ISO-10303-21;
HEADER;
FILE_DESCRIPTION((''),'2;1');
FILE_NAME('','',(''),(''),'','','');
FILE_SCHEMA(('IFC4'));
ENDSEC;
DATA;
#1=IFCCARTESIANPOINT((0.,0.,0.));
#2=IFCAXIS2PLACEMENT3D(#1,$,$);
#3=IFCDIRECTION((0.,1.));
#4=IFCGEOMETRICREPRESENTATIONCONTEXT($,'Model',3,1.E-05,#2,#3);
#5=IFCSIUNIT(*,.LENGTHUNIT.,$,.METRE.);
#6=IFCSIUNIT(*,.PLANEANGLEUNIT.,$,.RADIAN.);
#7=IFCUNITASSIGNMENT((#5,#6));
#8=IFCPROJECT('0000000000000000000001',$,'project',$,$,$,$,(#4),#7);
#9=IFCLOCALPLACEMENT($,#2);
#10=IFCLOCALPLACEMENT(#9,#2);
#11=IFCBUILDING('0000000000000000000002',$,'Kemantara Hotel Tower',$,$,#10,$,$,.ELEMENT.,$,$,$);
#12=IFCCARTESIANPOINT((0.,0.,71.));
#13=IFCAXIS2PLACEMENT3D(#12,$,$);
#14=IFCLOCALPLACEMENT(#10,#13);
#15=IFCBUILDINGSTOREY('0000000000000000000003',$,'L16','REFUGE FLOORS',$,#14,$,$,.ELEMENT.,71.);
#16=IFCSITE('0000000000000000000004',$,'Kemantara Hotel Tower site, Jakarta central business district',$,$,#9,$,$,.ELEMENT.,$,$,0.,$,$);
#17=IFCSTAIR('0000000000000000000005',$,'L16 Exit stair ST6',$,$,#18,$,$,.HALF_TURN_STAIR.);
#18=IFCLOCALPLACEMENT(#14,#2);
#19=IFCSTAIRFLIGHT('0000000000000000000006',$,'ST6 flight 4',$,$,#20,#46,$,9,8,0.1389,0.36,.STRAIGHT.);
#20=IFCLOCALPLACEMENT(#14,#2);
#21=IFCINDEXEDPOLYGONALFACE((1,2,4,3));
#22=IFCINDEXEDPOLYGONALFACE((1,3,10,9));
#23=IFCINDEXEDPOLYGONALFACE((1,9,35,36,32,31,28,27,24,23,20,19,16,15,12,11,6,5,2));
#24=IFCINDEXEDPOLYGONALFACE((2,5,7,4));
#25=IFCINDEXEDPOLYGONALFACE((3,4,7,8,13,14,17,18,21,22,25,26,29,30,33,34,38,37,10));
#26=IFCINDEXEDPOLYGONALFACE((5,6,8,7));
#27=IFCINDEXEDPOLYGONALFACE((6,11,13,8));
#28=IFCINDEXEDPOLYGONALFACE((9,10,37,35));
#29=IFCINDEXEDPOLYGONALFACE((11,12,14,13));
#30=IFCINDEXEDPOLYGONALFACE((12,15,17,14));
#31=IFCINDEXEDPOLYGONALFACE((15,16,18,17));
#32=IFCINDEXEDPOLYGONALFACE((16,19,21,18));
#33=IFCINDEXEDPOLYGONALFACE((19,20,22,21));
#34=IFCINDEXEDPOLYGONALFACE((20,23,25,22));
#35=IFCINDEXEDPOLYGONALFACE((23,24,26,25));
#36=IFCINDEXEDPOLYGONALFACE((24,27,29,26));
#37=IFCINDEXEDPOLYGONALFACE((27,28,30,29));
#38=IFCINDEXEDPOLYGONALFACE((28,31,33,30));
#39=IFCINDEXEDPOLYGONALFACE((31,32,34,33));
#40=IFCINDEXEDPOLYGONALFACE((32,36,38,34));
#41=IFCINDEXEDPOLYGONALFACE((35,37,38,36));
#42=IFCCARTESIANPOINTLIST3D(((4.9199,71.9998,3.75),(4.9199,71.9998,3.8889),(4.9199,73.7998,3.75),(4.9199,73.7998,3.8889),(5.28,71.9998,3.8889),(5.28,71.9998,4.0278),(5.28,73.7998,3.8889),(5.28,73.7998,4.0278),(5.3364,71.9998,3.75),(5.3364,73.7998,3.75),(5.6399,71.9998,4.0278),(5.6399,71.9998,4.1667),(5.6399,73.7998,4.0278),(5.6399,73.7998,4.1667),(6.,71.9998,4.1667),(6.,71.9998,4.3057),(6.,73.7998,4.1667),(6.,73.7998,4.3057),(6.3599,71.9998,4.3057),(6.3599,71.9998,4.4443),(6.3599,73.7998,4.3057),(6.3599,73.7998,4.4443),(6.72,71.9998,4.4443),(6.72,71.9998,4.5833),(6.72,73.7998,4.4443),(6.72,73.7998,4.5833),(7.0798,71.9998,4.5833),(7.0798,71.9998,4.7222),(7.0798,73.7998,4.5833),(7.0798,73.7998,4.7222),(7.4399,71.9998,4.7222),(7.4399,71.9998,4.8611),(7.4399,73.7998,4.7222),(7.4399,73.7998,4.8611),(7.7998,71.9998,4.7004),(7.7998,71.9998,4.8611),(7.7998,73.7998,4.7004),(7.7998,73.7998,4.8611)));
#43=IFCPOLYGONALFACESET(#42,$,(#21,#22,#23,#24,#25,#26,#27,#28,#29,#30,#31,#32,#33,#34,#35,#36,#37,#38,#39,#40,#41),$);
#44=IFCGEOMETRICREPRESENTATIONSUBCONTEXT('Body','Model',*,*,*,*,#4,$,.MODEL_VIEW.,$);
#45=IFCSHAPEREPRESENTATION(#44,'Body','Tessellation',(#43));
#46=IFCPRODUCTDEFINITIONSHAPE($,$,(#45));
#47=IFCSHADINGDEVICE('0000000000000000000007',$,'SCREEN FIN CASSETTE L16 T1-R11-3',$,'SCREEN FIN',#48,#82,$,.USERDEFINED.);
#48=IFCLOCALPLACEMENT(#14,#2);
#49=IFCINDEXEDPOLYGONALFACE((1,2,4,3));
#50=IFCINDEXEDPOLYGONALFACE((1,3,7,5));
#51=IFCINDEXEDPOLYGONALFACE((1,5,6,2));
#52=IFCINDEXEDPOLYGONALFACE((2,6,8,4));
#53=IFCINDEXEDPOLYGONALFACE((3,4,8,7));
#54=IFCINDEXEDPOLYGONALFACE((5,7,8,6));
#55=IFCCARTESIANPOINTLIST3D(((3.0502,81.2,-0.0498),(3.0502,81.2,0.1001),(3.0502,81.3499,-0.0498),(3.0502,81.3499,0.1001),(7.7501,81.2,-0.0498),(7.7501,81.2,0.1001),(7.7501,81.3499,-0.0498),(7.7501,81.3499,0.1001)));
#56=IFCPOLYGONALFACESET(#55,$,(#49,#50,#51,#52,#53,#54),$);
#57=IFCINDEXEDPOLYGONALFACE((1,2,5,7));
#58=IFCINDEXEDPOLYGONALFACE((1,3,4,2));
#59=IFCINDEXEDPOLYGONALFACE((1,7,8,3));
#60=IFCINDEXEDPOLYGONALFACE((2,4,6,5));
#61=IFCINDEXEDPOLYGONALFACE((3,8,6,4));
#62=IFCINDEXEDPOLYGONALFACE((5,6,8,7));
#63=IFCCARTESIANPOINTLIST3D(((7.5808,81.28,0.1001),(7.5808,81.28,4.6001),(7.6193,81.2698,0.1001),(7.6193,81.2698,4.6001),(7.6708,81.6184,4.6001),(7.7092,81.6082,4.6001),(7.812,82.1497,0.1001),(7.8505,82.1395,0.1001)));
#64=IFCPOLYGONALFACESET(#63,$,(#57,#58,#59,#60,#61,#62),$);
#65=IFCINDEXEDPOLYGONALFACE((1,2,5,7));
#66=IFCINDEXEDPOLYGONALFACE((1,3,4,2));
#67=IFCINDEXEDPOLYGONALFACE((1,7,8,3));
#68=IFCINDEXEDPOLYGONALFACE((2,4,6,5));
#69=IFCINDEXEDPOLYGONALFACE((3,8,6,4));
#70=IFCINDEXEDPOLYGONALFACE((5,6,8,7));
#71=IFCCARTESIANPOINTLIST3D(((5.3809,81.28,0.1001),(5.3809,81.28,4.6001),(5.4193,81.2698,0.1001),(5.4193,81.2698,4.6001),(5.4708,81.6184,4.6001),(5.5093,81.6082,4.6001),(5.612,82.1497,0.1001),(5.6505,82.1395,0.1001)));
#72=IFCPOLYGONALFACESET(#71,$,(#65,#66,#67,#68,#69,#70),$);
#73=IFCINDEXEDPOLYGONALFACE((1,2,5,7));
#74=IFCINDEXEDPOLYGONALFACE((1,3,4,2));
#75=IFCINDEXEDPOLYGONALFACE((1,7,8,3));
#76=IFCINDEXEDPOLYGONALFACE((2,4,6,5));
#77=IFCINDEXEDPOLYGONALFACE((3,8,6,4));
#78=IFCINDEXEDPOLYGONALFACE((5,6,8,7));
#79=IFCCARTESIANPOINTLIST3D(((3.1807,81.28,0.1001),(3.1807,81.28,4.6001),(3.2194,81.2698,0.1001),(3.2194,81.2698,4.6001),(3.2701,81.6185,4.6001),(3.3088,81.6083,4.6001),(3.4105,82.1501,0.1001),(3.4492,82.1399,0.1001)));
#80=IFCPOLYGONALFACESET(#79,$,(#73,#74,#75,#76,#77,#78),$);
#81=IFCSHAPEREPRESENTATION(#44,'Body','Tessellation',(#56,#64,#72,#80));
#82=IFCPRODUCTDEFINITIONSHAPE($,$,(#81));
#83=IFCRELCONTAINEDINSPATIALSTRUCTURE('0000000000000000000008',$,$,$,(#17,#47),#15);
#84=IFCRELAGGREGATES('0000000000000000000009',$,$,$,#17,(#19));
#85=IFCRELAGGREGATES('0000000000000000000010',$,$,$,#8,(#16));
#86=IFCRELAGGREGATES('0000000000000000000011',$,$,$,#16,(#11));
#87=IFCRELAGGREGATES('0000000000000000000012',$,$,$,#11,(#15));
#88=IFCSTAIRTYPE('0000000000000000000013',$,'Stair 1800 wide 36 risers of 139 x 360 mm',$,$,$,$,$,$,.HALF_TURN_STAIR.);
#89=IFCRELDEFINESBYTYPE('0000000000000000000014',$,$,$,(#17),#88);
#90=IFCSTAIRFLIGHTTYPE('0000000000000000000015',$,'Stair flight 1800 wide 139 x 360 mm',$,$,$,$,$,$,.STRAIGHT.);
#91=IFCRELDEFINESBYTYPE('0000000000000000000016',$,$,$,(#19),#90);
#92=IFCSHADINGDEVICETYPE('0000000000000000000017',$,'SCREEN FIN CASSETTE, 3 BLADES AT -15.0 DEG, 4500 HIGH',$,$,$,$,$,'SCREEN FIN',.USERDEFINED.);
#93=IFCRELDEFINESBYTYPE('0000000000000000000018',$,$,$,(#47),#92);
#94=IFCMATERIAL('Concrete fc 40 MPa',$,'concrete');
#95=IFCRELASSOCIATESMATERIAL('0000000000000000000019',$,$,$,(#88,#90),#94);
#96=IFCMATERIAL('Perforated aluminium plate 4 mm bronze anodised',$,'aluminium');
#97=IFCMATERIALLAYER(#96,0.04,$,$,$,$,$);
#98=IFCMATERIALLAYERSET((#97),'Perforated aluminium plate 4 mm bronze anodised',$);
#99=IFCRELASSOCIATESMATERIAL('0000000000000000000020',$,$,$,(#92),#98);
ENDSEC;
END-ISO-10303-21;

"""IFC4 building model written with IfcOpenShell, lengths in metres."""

from ifc_helpers import new_model, si_unit, direction, frame, origin, origin_2d, place, context, subcontext, project, spatial, polyline, rectangle, outline, extrude, source, transform, mapped, material, layer, layer_set, type_object, element, aggregate, save


model = new_model("IFC4")

# Units and contexts
model_context = context("Model", 3, precision=1e-05, world=origin(), true_north=direction((0.0, 1.0)))
body_context = subcontext(model_context, "Body", "Model", "MODEL_VIEW")
ifc_project = project(units=[si_unit("LENGTHUNIT", "METRE"), si_unit("PLANEANGLEUNIT", "RADIAN")], contexts=[model_context])

# Site, building, storey
site_placement = place(None, origin())
site = spatial("IfcSite", under=ifc_project, at=site_placement, Name="Kemantara Hotel Tower site, Jakarta central business district", CompositionType="ELEMENT", RefElevation=0.0)
building_placement = place(site_placement, origin())
building = spatial("IfcBuilding", under=site, at=building_placement, Name="Kemantara Hotel Tower", CompositionType="ELEMENT")
storey_placement = place(building_placement, frame((0.0, 0.0, 71.0)))
storey = spatial("IfcBuildingStorey", under=building, at=storey_placement, Name="L16", Description="REFUGE FLOORS", CompositionType="ELEMENT", Elevation=71.0)

# Stair, stair flight
ifc_material_1 = material(Name="Concrete fc 40 MPa", Category="concrete")
stair_type = type_object("IfcStairType", Name="Stair 1800 wide 36 risers of 139 x 360 mm", PredefinedType="HALF_TURN_STAIR", material=ifc_material_1)
stair_placement = place(storey_placement, origin())
stair = element("IfcStair", 1, at=stair_placement, inside=storey, type_object=stair_type, Name="L16 Exit stair ST6", PredefinedType="HALF_TURN_STAIR")
stair_flight_type = type_object("IfcStairFlightType", Name="Stair flight 1800 wide 139 x 360 mm", PredefinedType="STRAIGHT", material=ifc_material_1)
stair_flight_1_placement = place(storey_placement, frame((4.9199, 72.8999, 3.75), z_axis=(0.0, 0.0, 1.0), x_axis=(1.0, 0.0, 0.0)))
stair_flight_1 = element("IfcStairFlight", 2, at=stair_flight_1_placement, type_object=stair_flight_type, Name="ST6 flight 4", NumberOfRisers=9, NumberOfTreads=8, PredefinedType="STRAIGHT", RiserHeight=0.1389, TreadLength=0.36, context=body_context, shape_type="SweptSolid", body=[
    extrude(outline(polyline([(0.0, 0.0), (0.0, 0.1389), (0.3601, 0.1389), (0.3601, 0.2778), (0.72, 0.2778), (0.72, 0.4167), (1.0801, 0.4167), (1.0801, 0.5557), (1.4399, 0.5557), (1.4399, 0.6943), (1.8, 0.6943), (1.8, 0.8333), (2.1599, 0.8333), (2.1599, 0.9722), (2.52, 0.9722), (2.52, 1.1111), (2.8799, 1.1111), (2.8799, 1.25), (2.8799, 0.9504), (0.4165, 0.0), (0.0, 0.0)])), frame((0.0, 0.8999, 0.0), z_axis=(0.0, -1.0, 0.0), x_axis=(1.0, 0.0, 0.0)), (0.0, 0.0, 1.0), 1.8),
])
aggregate(stair, [stair_flight_1])

# Shading device
ifc_material_2 = material(Name="Perforated aluminium plate 4 mm bronze anodised", Category="aluminium")
ifc_layer_1 = layer(ifc_material_2, 0.04)
ifc_layer_set_1 = layer_set([ifc_layer_1], Name="Perforated aluminium plate 4 mm bronze anodised")
shading_device_type = type_object("IfcShadingDeviceType", Name="SCREEN FIN CASSETTE, 3 BLADES AT -15.0 DEG, 4500 HIGH", ElementType="SCREEN FIN", PredefinedType="USERDEFINED", material=ifc_layer_set_1)
shared_shape_1 = source(origin(), body_context, "Body", "SweptSolid", [
    extrude(rectangle(XDim=4.7, YDim=0.1499, at=origin_2d()), frame((2.2, -0.075, -0.1499), z_axis=(0.0, 0.0, 1.0), x_axis=(1.0, 0.0, 0.0)), (0.0, 0.0, 1.0), 0.1499),
    extrude(outline(polyline([(0.0, 0.0), (0.8999, 0.0), (0.3501, 4.5), (0.0, 4.5), (0.0, 0.0)])), frame((0.0193, -0.0801, 0.0), z_axis=(-0.966438, 0.256901, 0.0), x_axis=(-0.256901, -0.966438, 0.0)), (0.0, 0.0, 1.0), 0.0398),
    extrude(outline(polyline([(0.0, 0.0), (0.8999, 0.0), (0.3501, 4.5), (0.0, 4.5), (0.0, 0.0)])), frame((2.2192, -0.0801, 0.0), z_axis=(-0.966438, 0.256901, 0.0), x_axis=(-0.256901, -0.966438, 0.0)), (0.0, 0.0, 1.0), 0.0398),
    extrude(outline(polyline([(0.0, 0.0), (0.8999, 0.0), (0.3501, 4.5), (0.0, 4.5), (0.0, 0.0)])), frame((4.4194, -0.0801, 0.0), z_axis=(-0.966838, 0.255391, 0.0), x_axis=(-0.255391, -0.966838, 0.0)), (0.0, 0.0, 1.0), 0.04),
])
shading_device_placement = place(storey_placement, frame((7.6001, 81.2, 0.1001), z_axis=(0.0, 0.0, 1.0), x_axis=(-1.0, 0.0, 0.0)))
element("IfcShadingDevice", 3, at=shading_device_placement, inside=storey, type_object=shading_device_type, Name="SCREEN FIN CASSETTE L16 T1-R11-3", ObjectType="SCREEN FIN", PredefinedType="USERDEFINED", context=body_context, shape_type="MappedRepresentation", body=[
    mapped(shared_shape_1, transform((0.0, 0.0, 0.0))),
])

save(model, "model.ifc")
